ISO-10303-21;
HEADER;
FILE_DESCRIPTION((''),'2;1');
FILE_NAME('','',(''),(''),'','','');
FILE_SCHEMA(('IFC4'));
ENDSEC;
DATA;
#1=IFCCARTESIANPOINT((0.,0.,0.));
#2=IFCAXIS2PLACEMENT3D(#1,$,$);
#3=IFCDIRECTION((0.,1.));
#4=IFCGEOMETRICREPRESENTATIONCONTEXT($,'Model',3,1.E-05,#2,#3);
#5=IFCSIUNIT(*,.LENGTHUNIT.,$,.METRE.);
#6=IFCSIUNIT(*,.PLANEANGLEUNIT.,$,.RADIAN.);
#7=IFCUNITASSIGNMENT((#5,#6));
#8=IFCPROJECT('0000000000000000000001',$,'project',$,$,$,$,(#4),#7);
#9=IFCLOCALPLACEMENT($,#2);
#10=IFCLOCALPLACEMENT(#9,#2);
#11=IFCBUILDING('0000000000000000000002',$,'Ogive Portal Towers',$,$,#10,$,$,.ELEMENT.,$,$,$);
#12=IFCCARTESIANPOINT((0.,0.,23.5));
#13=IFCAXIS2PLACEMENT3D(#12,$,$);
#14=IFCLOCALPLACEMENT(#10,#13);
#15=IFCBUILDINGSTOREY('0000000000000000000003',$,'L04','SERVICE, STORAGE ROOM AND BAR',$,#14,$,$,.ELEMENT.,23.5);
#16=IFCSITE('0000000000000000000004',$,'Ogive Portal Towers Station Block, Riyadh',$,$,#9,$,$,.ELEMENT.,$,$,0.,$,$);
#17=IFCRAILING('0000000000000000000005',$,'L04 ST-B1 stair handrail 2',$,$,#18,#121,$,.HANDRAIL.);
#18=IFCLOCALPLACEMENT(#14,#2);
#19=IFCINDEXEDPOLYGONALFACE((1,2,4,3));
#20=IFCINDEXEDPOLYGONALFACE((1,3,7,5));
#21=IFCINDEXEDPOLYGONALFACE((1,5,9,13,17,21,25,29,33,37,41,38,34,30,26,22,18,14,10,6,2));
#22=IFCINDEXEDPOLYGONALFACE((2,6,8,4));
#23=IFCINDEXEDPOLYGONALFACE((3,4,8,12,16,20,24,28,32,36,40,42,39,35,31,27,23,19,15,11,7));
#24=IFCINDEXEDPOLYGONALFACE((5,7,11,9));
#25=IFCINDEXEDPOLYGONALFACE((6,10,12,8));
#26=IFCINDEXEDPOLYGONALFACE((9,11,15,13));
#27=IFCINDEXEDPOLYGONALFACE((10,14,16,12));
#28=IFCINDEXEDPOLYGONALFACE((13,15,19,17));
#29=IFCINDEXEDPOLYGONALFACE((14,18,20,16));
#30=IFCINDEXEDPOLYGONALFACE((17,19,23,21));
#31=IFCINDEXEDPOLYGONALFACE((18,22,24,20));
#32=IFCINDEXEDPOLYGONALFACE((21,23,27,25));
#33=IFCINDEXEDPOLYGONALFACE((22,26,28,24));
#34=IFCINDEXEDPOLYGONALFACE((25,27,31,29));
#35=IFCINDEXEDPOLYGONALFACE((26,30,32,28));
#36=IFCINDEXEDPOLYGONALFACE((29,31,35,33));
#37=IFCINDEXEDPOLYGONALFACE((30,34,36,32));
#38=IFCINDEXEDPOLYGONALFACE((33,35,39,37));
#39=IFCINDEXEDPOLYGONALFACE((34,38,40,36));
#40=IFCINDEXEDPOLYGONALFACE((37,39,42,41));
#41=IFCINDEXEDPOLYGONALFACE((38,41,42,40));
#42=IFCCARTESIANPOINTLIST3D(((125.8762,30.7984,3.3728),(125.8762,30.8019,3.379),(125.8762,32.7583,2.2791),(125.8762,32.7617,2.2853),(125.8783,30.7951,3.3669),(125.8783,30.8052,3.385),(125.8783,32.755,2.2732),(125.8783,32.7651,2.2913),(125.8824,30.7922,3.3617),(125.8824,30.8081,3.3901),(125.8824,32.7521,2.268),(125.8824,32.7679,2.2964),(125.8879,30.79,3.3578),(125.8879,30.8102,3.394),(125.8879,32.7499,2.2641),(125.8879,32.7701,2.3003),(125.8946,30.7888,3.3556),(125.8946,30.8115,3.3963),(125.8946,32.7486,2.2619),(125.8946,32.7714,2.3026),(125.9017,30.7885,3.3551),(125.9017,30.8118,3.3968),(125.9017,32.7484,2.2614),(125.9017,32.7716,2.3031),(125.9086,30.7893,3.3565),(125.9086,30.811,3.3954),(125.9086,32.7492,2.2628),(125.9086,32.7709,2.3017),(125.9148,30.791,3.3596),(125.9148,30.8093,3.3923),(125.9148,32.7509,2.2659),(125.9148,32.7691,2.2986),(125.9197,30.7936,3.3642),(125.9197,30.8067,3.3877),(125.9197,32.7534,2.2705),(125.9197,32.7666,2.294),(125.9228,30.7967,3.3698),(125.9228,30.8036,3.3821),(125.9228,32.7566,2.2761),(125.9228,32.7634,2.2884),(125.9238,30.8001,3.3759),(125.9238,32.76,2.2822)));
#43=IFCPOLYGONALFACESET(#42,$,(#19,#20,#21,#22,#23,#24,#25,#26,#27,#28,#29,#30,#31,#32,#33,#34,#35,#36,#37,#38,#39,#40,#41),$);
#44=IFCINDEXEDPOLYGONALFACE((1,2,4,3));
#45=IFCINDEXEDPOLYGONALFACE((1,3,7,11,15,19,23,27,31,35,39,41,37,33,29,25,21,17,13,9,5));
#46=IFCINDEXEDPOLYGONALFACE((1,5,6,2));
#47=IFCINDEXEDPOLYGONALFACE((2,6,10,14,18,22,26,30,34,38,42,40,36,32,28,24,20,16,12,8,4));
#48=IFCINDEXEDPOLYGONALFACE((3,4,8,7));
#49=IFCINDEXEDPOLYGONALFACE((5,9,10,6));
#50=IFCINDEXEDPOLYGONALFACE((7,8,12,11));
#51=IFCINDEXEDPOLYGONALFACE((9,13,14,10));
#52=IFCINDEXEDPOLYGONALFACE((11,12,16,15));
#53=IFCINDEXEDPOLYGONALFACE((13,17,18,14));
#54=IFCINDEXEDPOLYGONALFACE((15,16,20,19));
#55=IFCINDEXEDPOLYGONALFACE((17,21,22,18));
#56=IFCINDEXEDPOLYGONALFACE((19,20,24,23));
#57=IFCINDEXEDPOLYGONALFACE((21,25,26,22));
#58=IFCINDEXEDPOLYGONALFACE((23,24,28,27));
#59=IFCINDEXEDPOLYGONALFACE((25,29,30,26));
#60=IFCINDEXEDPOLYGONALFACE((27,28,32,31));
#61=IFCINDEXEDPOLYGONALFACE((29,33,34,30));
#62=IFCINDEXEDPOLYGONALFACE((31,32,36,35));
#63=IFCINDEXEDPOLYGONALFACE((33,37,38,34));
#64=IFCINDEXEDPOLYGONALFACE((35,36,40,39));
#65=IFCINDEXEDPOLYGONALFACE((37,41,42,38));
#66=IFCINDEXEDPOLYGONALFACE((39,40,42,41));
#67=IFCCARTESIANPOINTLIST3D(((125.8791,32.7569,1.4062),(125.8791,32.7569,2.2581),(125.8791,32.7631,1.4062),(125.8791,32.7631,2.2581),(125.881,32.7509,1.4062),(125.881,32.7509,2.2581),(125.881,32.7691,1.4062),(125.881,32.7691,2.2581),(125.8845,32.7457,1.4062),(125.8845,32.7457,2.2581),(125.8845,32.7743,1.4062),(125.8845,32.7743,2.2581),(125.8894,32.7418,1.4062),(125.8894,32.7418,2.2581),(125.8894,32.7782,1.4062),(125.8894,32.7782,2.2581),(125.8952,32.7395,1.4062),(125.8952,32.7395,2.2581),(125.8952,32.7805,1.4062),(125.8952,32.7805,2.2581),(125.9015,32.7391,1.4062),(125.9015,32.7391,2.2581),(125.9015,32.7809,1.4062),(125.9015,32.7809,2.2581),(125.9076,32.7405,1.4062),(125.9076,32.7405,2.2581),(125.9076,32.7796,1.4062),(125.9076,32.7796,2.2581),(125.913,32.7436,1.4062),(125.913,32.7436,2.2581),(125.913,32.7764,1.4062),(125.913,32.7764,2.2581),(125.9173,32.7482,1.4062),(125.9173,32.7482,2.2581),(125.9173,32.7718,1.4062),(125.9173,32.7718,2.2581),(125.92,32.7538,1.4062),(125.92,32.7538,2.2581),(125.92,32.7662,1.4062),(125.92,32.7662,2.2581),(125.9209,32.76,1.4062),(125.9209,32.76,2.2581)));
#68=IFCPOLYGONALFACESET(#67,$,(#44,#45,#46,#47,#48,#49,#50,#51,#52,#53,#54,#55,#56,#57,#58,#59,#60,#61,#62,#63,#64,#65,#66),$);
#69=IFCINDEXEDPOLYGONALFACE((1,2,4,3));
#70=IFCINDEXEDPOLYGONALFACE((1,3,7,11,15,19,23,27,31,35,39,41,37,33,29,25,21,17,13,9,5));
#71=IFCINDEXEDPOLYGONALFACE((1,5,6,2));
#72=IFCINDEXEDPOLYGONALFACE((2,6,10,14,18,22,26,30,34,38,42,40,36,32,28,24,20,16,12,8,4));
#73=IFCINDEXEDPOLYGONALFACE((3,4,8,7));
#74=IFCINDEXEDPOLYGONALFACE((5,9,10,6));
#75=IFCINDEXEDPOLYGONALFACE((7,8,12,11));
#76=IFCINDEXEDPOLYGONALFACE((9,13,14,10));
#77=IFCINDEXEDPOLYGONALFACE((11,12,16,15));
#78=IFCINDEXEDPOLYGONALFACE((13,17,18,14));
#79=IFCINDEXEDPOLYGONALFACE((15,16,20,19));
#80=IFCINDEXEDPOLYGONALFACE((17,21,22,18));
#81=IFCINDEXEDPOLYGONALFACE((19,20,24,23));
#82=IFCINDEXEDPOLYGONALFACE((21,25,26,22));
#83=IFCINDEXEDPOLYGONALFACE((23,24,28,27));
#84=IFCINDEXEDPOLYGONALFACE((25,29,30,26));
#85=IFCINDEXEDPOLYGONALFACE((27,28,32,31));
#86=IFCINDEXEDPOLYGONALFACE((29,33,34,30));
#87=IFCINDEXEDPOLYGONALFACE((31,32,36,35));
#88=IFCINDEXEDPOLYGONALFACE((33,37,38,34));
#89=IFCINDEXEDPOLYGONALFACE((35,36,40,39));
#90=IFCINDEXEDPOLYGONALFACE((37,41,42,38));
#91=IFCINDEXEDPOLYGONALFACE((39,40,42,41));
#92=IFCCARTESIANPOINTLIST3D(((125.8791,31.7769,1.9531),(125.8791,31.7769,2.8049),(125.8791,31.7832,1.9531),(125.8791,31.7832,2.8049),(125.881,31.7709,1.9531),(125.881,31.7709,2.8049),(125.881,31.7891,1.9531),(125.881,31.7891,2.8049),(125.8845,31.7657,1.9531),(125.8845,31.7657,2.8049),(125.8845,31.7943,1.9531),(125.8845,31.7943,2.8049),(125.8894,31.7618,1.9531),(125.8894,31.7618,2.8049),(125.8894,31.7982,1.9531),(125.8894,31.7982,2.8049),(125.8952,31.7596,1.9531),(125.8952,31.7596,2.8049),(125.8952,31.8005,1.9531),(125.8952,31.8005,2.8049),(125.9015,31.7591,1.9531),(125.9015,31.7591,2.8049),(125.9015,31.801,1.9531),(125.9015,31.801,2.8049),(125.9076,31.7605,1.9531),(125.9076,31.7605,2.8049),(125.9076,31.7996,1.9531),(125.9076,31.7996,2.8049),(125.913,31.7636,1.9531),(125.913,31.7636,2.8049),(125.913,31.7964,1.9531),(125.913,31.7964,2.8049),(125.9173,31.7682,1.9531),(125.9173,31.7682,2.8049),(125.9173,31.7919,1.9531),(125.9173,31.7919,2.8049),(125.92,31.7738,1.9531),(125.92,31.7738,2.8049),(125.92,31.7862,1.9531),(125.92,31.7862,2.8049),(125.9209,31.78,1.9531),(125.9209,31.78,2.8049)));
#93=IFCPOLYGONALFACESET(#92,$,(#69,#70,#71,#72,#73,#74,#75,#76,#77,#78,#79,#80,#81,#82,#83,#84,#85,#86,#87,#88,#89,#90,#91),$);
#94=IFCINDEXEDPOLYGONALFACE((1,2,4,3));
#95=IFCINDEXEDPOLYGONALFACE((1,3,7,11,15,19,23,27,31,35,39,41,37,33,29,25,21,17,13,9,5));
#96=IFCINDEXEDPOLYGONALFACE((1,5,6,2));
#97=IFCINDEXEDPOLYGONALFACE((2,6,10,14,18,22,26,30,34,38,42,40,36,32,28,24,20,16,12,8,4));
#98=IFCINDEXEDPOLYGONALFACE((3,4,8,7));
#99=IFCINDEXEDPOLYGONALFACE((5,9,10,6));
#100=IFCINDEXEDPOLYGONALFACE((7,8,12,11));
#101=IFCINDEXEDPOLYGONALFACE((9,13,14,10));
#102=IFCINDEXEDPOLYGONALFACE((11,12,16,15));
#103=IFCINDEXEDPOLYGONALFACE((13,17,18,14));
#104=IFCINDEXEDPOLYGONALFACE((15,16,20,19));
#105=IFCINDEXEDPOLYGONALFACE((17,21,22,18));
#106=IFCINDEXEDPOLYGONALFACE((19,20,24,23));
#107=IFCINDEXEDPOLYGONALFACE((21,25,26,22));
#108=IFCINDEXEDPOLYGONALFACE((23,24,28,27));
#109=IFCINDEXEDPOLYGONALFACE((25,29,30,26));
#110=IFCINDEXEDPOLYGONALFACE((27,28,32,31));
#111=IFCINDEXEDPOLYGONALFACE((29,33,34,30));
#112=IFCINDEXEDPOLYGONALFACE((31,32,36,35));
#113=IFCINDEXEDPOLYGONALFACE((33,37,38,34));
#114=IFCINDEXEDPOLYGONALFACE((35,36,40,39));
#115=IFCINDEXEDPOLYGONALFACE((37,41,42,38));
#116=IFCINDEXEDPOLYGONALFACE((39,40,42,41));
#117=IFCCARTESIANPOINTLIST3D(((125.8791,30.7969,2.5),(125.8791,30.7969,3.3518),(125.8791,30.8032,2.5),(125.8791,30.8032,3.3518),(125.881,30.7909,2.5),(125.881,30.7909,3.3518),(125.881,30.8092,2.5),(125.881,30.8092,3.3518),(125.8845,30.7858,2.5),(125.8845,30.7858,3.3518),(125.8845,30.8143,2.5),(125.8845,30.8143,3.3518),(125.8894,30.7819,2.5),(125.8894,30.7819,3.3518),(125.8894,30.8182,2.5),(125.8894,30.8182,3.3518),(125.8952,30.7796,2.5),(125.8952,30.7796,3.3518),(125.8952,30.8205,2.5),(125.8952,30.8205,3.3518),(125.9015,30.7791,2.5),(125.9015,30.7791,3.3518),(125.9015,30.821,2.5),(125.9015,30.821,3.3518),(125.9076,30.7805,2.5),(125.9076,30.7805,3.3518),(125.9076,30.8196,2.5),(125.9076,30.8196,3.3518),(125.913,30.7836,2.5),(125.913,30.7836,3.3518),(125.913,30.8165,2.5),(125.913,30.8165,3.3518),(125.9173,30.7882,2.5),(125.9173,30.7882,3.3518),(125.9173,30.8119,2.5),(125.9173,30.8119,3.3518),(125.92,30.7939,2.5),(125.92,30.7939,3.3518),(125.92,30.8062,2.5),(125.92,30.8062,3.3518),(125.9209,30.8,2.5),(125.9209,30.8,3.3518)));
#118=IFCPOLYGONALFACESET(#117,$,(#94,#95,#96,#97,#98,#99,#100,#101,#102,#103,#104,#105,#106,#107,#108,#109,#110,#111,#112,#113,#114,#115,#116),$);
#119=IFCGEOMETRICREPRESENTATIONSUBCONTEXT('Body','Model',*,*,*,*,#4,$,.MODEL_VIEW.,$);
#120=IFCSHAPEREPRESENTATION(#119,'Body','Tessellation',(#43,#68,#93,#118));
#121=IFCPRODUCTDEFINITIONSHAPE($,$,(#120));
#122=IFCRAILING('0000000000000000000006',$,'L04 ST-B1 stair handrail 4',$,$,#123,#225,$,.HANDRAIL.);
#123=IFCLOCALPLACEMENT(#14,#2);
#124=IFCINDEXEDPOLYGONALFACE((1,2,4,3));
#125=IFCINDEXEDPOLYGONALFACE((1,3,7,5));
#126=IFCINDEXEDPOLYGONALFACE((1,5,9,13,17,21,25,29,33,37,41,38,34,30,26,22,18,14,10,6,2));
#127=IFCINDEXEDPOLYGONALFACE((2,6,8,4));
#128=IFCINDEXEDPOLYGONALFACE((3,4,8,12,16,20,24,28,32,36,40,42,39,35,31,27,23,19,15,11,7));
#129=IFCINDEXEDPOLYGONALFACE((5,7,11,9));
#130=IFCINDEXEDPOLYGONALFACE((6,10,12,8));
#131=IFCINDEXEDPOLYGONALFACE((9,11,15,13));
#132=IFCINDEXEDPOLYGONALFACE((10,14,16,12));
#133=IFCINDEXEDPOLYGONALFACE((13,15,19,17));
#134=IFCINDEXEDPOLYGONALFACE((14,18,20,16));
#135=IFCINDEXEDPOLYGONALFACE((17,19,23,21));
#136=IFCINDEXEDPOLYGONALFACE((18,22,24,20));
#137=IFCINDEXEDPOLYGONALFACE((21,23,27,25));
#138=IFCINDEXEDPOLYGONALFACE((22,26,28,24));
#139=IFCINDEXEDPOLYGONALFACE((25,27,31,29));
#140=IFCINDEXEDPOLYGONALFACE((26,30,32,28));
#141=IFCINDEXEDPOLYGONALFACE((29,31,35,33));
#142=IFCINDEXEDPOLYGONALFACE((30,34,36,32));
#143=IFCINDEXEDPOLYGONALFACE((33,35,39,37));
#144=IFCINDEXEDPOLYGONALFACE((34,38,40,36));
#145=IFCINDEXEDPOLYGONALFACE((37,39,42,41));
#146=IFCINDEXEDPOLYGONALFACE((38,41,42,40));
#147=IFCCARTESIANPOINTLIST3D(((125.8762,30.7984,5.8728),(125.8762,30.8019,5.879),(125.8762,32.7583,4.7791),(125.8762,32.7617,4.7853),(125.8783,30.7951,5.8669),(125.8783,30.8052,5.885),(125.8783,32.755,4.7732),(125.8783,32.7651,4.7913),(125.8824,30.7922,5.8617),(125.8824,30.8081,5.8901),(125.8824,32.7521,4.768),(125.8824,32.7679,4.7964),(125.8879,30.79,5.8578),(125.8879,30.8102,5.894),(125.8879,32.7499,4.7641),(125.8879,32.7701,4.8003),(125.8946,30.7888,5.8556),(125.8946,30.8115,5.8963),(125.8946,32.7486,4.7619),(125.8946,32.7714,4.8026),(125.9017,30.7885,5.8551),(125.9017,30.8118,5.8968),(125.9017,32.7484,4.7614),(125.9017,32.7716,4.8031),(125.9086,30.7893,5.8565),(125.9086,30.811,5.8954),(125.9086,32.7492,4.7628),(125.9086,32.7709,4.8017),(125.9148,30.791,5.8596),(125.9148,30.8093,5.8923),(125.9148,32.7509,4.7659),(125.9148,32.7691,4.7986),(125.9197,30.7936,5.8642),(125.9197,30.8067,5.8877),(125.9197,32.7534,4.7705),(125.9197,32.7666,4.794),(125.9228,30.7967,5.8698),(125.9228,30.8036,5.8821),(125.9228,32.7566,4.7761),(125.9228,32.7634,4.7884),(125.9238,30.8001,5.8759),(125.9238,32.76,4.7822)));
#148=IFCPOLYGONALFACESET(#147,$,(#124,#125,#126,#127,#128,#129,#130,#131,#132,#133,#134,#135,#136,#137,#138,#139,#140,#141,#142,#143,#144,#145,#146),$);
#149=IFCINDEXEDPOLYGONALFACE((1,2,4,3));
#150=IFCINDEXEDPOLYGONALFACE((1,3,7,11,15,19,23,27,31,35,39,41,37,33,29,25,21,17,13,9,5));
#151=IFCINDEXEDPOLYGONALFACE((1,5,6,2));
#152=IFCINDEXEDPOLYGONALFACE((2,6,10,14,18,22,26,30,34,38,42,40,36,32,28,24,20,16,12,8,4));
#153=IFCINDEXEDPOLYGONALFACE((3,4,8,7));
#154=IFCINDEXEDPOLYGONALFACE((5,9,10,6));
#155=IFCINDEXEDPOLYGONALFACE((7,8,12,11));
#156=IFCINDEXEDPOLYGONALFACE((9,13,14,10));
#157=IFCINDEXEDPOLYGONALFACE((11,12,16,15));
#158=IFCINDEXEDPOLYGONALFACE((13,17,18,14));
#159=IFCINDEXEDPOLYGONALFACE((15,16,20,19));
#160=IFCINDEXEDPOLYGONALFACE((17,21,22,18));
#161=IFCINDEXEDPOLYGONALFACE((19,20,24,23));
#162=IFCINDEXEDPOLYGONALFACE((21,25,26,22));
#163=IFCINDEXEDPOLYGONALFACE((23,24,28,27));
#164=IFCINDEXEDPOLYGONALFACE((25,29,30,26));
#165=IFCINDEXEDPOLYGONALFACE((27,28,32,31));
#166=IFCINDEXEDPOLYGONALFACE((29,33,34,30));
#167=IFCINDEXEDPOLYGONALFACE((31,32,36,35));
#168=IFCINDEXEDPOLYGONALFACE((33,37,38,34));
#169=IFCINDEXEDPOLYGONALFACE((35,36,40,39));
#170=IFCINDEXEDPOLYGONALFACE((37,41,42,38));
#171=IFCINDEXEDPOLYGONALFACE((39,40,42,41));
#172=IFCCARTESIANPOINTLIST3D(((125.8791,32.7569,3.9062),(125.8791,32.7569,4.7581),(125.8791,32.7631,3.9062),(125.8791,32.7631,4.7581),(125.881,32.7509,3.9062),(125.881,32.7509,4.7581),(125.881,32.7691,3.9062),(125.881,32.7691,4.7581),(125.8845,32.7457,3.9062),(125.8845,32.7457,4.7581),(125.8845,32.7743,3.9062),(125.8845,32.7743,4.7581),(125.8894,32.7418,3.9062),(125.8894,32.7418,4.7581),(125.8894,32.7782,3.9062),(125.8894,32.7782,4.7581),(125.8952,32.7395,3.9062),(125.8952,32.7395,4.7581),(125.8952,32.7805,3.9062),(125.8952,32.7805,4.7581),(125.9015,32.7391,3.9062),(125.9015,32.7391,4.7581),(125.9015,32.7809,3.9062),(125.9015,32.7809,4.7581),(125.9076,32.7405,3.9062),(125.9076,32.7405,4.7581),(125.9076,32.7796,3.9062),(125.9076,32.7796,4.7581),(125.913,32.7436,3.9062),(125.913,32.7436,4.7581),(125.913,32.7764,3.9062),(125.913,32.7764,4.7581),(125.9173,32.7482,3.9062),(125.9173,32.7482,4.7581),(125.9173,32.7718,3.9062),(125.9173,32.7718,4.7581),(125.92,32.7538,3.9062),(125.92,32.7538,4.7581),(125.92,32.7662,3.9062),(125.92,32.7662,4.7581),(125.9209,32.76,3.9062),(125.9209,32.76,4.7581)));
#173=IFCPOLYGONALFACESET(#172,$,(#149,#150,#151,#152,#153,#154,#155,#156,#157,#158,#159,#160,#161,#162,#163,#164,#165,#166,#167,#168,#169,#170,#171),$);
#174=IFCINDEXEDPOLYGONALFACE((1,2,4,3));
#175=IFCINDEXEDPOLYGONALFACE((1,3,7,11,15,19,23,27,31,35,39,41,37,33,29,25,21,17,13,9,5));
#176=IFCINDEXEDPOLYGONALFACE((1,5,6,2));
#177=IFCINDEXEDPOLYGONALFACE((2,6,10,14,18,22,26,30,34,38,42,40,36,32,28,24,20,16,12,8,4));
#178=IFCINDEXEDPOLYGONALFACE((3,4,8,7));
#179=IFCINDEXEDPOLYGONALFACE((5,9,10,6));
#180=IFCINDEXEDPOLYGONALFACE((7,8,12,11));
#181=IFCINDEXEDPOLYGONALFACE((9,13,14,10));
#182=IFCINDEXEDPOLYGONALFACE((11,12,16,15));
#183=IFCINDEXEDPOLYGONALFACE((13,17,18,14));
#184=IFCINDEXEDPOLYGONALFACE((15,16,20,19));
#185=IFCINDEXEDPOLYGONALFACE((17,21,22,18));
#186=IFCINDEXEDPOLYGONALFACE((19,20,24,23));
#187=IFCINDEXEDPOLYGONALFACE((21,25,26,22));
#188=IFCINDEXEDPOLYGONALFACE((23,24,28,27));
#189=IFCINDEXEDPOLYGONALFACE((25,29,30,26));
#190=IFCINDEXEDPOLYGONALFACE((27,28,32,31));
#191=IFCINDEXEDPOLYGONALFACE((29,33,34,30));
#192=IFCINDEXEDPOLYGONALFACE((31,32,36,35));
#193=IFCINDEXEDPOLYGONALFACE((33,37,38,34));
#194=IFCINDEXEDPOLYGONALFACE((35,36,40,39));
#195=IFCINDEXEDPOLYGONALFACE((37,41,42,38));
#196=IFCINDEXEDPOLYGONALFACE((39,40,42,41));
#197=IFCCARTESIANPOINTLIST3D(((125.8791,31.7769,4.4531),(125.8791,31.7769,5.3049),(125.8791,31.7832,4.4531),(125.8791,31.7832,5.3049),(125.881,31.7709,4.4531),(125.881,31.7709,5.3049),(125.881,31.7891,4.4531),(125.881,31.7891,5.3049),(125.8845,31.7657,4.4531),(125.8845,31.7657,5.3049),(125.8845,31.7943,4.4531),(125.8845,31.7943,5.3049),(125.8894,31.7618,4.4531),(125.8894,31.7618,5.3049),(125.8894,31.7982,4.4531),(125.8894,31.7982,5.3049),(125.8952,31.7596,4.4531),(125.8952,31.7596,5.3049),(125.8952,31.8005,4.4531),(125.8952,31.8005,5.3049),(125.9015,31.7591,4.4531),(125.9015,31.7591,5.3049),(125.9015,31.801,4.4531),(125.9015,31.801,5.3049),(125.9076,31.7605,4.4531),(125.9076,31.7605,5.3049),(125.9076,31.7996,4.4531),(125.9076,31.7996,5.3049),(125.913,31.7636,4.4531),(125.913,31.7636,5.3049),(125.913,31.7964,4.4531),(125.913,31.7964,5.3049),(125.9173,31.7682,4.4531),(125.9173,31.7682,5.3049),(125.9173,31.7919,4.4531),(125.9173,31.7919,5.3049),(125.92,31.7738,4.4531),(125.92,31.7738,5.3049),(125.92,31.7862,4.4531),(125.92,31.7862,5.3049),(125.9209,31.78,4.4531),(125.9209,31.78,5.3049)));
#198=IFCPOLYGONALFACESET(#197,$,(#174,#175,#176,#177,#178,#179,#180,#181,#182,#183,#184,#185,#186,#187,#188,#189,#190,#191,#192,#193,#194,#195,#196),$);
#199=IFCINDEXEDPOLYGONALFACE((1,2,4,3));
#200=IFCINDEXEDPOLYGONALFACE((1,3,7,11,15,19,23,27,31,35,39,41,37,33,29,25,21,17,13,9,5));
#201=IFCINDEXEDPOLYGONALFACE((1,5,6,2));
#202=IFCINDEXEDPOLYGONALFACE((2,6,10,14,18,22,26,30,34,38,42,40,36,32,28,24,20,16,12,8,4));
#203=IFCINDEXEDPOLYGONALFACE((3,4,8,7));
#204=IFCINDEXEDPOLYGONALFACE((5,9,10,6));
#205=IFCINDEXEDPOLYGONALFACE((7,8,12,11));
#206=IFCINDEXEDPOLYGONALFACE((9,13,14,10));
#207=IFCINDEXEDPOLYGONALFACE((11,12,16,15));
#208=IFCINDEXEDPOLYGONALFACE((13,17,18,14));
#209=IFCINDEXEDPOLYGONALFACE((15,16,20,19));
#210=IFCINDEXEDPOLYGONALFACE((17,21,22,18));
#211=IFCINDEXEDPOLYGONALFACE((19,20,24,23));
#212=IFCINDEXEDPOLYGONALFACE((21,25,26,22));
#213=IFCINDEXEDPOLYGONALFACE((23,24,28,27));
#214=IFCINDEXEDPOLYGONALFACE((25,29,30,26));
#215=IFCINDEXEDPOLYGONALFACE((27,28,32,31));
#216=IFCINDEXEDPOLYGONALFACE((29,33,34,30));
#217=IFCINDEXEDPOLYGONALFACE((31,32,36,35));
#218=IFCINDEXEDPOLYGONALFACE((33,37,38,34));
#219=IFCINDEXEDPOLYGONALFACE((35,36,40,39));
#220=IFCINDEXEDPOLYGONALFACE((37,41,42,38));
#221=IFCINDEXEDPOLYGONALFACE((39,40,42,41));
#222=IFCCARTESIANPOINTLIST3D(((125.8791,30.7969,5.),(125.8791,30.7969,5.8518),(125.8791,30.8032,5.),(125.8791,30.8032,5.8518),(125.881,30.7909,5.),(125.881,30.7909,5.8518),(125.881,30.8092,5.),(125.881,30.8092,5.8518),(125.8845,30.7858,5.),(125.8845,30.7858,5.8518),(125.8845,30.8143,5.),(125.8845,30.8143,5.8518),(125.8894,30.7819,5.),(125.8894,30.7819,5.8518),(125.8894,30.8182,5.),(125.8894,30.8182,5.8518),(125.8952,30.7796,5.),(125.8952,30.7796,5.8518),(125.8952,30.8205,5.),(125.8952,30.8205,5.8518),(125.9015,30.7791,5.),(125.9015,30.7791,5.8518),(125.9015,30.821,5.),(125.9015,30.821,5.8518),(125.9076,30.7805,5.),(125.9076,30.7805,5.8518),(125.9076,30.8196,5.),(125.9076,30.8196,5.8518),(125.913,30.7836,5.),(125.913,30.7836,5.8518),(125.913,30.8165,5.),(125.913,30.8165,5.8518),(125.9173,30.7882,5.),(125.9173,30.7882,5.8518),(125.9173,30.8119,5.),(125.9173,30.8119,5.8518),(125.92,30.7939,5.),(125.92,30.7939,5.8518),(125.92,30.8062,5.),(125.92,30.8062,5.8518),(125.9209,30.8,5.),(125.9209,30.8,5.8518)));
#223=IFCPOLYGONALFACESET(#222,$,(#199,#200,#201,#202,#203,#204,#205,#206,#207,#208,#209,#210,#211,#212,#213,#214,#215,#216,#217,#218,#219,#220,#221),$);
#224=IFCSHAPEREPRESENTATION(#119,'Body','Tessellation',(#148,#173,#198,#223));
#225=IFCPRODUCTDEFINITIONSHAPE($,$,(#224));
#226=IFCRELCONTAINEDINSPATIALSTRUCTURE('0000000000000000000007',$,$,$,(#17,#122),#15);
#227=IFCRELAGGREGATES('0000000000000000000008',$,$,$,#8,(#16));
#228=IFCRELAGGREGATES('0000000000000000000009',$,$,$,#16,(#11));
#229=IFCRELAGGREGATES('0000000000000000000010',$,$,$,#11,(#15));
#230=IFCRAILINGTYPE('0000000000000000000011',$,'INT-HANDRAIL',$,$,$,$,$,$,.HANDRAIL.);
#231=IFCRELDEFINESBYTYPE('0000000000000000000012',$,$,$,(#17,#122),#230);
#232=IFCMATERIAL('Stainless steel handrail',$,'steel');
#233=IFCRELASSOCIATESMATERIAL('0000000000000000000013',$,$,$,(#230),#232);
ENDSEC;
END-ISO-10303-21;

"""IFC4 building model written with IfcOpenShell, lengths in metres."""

from ifc_helpers import new_model, si_unit, direction, frame, origin, origin_2d, place, context, subcontext, project, spatial, circle, extrude, material, type_object, element, save


model = new_model("IFC4")

# Units and contexts
model_context = context("Model", 3, precision=1e-05, world=origin(), true_north=direction((0.0, 1.0)))
body_context = subcontext(model_context, "Body", "Model", "MODEL_VIEW")
ifc_project = project(units=[si_unit("LENGTHUNIT", "METRE"), si_unit("PLANEANGLEUNIT", "RADIAN")], contexts=[model_context])

# Site, building, storey
site_placement = place(None, origin())
site = spatial("IfcSite", under=ifc_project, at=site_placement, Name="Ogive Portal Towers Station Block, Riyadh", CompositionType="ELEMENT", RefElevation=0.0)
building_placement = place(site_placement, origin())
building = spatial("IfcBuilding", under=site, at=building_placement, Name="Ogive Portal Towers", CompositionType="ELEMENT")
storey_placement = place(building_placement, frame((0.0, 0.0, 23.5)))
storey = spatial("IfcBuildingStorey", under=building, at=storey_placement, Name="L04", Description="SERVICE, STORAGE ROOM AND BAR", CompositionType="ELEMENT", Elevation=23.5)

# Railings
ifc_material_1 = material(Name="Stainless steel handrail", Category="steel")
railing_type_1 = type_object("IfcRailingType", Name="INT-HANDRAIL", PredefinedType="HANDRAIL", material=ifc_material_1)
for number, where, name in (
    (1, (125.8999, 32.76, 1.4062), "L04 ST-B1 stair handrail 2"),
    (2, (125.8999, 32.76, 3.9062), "L04 ST-B1 stair handrail 4"),
):
    element("IfcRailing", number, at=place(storey_placement, frame(where)), inside=storey, type_object=railing_type_1, Name=name, PredefinedType="HANDRAIL", context=body_context, shape_type="SweptSolid", body=[
        extrude(circle(Radius=0.0239, at=origin_2d()), frame((0.0, 0.0, 0.876), z_axis=(0.0, -0.873232, 0.487304), x_axis=(1.0, 0.0, 0.0)), (0.0, 0.0, 1.0), 2.2444),
        extrude(circle(Radius=0.021, at=origin_2d()), origin(), (0.0, 0.0, 1.0), 0.8518),
        extrude(circle(Radius=0.021, at=origin_2d()), frame((0.0, -0.98, 0.5469)), (0.0, 0.0, 1.0), 0.8518),
        extrude(circle(Radius=0.021, at=origin_2d()), frame((0.0, -1.96, 1.0938)), (0.0, 0.0, 1.0), 0.8518),
    ])

save(model, "model.ifc")
